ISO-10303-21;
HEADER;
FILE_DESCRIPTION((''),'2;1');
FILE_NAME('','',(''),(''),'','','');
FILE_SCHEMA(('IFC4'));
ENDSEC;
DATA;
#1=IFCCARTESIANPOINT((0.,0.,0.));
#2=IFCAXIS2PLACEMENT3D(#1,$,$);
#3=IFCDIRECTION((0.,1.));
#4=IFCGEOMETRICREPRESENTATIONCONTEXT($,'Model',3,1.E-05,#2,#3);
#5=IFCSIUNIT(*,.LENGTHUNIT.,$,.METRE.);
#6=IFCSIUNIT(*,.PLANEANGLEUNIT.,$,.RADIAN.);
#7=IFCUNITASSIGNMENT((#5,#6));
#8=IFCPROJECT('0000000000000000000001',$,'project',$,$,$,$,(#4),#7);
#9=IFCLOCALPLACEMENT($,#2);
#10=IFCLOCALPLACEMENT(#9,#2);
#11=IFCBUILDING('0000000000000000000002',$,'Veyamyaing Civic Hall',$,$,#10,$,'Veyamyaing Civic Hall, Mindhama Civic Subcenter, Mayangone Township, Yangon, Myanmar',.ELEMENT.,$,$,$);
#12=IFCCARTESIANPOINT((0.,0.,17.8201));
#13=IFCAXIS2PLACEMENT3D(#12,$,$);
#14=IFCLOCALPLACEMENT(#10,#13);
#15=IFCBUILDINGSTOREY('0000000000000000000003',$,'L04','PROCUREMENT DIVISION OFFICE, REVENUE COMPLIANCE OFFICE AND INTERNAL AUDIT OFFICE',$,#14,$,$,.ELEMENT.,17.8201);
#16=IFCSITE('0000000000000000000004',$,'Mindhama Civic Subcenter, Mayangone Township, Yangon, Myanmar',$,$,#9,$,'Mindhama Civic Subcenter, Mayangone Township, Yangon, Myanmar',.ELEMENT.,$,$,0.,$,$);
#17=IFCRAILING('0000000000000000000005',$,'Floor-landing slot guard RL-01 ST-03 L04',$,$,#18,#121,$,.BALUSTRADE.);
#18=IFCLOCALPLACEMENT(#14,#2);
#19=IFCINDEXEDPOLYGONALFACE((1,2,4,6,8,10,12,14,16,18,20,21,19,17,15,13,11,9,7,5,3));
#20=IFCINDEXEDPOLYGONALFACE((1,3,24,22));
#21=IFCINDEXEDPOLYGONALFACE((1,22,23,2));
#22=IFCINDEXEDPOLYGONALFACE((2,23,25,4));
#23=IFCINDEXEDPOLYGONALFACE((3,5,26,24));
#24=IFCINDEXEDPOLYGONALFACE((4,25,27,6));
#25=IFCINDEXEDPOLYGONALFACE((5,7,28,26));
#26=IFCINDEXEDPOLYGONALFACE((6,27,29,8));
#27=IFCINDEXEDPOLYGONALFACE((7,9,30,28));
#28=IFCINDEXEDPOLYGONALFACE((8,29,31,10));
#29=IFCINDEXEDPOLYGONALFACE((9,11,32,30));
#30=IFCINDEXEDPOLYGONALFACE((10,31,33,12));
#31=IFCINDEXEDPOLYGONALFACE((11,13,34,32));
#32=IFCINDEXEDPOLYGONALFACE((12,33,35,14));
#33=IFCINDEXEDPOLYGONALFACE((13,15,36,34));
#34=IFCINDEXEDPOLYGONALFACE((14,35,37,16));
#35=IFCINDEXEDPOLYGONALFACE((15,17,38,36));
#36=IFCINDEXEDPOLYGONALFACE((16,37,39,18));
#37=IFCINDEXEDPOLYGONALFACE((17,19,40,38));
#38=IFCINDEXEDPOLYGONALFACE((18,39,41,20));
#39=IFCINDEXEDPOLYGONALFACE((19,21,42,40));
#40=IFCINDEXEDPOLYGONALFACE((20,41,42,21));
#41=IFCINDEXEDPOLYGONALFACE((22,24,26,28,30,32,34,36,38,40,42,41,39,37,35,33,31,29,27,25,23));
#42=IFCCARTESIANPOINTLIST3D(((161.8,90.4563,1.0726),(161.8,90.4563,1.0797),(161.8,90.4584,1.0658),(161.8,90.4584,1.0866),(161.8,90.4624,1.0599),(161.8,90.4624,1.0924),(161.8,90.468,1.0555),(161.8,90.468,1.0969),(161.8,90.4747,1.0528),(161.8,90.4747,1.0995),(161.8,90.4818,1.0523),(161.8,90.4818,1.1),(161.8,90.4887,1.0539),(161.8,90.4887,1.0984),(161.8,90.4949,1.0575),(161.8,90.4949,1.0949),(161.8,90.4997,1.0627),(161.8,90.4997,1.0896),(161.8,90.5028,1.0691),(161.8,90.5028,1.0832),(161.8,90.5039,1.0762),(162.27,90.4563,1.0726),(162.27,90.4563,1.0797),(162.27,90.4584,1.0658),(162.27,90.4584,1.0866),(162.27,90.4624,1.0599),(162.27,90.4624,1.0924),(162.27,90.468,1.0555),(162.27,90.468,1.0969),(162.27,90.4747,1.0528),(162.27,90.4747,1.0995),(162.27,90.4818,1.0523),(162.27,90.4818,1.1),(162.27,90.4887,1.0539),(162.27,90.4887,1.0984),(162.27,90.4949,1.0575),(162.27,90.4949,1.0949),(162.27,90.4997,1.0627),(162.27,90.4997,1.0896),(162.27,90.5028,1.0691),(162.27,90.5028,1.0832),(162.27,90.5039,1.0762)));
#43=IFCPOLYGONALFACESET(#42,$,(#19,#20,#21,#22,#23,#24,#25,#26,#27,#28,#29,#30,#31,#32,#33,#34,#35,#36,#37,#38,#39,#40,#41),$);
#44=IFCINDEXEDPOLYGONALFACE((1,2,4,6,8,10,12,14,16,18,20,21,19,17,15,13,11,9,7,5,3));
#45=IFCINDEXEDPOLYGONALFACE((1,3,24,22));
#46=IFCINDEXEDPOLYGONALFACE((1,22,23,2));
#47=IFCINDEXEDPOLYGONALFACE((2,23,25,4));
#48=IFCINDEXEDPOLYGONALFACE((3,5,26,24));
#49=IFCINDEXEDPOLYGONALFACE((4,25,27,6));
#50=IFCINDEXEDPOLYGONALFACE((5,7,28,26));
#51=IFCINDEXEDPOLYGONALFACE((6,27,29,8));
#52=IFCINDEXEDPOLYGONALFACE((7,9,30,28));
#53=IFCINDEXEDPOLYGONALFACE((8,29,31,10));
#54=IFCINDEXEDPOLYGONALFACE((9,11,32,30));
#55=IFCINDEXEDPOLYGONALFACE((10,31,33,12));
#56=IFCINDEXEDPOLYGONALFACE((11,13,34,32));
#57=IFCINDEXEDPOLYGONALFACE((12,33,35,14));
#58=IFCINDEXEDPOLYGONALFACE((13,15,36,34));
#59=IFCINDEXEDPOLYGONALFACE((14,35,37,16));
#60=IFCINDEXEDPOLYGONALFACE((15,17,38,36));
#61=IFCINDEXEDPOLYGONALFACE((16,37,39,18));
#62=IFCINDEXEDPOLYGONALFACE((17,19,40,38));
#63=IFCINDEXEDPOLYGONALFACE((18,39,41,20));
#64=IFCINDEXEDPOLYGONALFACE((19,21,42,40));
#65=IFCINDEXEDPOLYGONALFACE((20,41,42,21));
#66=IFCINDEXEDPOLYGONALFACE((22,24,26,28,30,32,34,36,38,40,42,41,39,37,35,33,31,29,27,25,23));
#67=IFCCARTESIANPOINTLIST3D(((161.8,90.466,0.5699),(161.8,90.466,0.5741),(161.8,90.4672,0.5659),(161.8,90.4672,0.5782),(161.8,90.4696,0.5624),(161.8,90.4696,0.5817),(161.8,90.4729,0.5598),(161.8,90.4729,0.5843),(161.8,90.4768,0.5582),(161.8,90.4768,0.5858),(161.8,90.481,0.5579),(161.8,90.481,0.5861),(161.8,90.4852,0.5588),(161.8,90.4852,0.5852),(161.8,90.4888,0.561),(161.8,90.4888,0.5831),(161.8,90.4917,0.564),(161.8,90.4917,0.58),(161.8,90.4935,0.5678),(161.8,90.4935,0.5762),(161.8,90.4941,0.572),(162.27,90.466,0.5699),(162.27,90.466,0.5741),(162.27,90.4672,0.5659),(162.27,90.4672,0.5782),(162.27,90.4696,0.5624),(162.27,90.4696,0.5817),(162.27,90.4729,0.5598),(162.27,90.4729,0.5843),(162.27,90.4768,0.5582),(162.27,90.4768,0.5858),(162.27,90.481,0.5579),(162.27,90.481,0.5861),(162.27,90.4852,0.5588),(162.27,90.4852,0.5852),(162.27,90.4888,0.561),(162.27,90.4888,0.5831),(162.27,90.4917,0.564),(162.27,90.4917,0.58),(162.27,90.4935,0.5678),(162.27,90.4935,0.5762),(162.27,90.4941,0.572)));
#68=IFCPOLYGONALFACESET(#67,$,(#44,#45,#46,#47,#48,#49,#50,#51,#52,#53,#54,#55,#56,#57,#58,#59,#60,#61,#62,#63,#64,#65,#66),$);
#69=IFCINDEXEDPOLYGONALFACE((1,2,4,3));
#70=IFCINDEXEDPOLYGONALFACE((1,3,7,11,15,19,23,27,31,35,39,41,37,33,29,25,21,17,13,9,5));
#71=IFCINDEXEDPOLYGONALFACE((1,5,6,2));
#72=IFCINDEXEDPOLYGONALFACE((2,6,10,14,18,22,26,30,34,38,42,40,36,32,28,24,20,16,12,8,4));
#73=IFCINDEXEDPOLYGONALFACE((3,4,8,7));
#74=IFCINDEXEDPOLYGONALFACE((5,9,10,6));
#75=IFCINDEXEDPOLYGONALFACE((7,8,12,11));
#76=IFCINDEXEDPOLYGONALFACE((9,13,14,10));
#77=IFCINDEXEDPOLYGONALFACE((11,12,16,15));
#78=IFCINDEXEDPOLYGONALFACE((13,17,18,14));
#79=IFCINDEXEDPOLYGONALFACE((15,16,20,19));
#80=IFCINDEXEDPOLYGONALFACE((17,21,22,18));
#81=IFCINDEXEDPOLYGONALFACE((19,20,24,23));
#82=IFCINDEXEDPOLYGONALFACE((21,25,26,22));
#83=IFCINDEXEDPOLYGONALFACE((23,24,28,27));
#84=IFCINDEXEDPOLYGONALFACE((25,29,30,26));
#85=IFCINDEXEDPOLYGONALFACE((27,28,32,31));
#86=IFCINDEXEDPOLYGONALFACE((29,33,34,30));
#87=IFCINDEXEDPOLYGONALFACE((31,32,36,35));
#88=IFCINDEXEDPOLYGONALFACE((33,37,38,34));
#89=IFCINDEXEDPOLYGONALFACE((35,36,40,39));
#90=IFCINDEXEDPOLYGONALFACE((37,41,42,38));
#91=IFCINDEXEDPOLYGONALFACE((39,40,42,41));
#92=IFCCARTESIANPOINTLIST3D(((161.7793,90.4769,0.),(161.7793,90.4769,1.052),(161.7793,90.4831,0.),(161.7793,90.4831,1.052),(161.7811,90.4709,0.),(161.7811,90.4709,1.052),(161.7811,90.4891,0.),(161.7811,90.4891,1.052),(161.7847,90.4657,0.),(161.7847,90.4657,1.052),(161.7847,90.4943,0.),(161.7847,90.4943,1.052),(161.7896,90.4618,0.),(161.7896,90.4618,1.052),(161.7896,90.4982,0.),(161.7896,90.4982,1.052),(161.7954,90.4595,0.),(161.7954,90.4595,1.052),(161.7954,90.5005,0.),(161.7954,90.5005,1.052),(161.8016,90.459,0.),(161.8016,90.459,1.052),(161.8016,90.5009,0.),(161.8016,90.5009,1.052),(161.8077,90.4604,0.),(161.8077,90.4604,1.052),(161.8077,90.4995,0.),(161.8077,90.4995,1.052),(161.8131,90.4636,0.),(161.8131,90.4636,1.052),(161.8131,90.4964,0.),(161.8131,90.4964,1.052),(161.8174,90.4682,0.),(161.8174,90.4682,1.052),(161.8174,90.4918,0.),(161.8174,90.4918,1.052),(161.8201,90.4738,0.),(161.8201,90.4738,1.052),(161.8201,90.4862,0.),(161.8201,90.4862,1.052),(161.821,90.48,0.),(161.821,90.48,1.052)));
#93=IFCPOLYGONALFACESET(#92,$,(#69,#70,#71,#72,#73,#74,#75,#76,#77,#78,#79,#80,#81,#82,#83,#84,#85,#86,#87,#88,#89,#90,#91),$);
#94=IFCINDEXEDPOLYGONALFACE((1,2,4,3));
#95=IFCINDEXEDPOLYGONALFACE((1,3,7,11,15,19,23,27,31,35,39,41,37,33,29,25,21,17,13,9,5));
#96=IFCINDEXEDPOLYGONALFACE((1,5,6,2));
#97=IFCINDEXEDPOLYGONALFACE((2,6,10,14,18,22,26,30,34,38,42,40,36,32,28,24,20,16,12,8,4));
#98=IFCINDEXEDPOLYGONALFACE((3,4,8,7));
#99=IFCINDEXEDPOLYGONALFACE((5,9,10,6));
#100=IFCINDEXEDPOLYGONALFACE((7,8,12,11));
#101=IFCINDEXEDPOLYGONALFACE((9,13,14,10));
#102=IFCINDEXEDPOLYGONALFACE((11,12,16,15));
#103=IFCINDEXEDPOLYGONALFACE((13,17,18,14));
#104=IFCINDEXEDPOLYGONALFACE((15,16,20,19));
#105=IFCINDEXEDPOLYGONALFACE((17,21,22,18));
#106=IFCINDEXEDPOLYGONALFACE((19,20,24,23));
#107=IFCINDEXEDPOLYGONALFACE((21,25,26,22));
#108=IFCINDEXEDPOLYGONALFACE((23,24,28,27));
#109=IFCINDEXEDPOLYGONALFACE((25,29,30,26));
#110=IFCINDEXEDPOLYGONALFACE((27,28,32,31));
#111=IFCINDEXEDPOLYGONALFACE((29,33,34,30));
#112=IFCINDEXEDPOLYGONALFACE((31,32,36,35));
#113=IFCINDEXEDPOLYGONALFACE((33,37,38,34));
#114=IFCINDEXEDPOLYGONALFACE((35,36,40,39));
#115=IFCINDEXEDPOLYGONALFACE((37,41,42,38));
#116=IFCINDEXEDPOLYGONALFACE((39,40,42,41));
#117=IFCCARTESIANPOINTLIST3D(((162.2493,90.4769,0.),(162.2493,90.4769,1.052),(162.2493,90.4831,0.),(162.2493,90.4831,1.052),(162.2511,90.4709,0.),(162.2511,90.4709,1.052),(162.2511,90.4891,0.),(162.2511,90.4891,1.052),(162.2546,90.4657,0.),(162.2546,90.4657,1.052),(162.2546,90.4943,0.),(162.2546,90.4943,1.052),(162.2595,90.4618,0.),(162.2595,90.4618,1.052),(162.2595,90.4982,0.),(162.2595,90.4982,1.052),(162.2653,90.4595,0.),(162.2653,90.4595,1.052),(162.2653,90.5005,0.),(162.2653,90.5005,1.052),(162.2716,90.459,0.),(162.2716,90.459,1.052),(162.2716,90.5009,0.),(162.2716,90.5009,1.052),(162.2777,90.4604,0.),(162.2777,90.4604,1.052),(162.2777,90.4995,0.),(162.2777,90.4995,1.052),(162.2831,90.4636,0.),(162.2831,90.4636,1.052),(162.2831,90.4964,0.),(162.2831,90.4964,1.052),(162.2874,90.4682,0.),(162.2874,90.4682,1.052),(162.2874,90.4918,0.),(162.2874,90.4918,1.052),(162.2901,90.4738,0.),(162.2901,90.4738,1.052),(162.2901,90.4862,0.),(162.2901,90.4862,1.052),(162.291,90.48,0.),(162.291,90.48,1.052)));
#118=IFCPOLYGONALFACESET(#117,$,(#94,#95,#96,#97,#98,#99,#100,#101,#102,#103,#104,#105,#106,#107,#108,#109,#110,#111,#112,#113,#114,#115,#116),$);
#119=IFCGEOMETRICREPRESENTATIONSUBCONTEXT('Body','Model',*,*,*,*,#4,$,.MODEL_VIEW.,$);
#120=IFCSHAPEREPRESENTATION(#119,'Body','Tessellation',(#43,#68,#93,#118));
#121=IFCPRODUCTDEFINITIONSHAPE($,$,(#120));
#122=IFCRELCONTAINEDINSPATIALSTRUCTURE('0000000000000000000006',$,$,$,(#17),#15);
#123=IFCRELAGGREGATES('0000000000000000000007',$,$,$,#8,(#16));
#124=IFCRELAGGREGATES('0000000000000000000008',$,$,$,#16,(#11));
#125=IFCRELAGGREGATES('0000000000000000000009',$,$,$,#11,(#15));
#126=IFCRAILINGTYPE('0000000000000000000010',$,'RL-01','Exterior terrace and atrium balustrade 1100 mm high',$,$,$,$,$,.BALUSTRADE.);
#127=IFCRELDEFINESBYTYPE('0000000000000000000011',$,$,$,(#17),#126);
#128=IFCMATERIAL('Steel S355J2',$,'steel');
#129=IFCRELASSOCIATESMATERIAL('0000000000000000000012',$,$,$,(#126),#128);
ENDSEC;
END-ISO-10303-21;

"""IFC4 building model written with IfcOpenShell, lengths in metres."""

from ifc_helpers import new_model, si_unit, direction, frame, origin, origin_2d, place, context, subcontext, project, spatial, circle, extrude, material, type_object, element, save


model = new_model("IFC4")

# Units and contexts
model_context = context("Model", 3, precision=1e-05, world=origin(), true_north=direction((0.0, 1.0)))
body_context = subcontext(model_context, "Body", "Model", "MODEL_VIEW")
ifc_project = project(units=[si_unit("LENGTHUNIT", "METRE"), si_unit("PLANEANGLEUNIT", "RADIAN")], contexts=[model_context])

# Site, building, storey
site_placement = place(None, origin())
site = spatial("IfcSite", under=ifc_project, at=site_placement, Name="Mindhama Civic Subcenter, Mayangone Township, Yangon, Myanmar", LongName="Mindhama Civic Subcenter, Mayangone Township, Yangon, Myanmar", CompositionType="ELEMENT", RefElevation=0.0)
building_placement = place(site_placement, origin())
building = spatial("IfcBuilding", under=site, at=building_placement, Name="Veyamyaing Civic Hall", LongName="Veyamyaing Civic Hall, Mindhama Civic Subcenter, Mayangone Township, Yangon, Myanmar", CompositionType="ELEMENT")
storey_placement = place(building_placement, frame((0.0, 0.0, 17.8201)))
storey = spatial("IfcBuildingStorey", under=building, at=storey_placement, Name="L04", Description="PROCUREMENT DIVISION OFFICE, REVENUE COMPLIANCE OFFICE AND INTERNAL AUDIT OFFICE", CompositionType="ELEMENT", Elevation=17.8201)

# Railing
ifc_material_1 = material(Name="Steel S355J2", Category="steel")
railing_type_1 = type_object("IfcRailingType", Name="RL-01", Description="Exterior terrace and atrium balustrade 1100 mm high", PredefinedType="BALUSTRADE", material=ifc_material_1)
railing_1_placement = place(storey_placement, frame((161.8, 90.48, 0.0)))
element("IfcRailing", 1, at=railing_1_placement, inside=storey, type_object=railing_type_1, Name="Floor-landing slot guard RL-01 ST-03 L04", PredefinedType="BALUSTRADE", context=body_context, shape_type="SweptSolid", body=[
    extrude(circle(Radius=0.0239, at=origin_2d()), frame((0.0, 0.0, 1.0762), z_axis=(1.0, 0.0, 0.0), x_axis=(0.0, 1.0, 0.0)), (0.0, 0.0, 1.0), 0.47),
    extrude(circle(Radius=0.0142, at=origin_2d()), frame((0.0, 0.0, 0.572), z_axis=(1.0, 0.0, 0.0), x_axis=(0.0, 1.0, 0.0)), (0.0, 0.0, 1.0), 0.47),
    extrude(circle(Radius=0.021, at=origin_2d()), origin(), (0.0, 0.0, 1.0), 1.052),
    extrude(circle(Radius=0.021, at=origin_2d()), frame((0.47, 0.0, 0.0)), (0.0, 0.0, 1.0), 1.052),
])

save(model, "model.ifc")
